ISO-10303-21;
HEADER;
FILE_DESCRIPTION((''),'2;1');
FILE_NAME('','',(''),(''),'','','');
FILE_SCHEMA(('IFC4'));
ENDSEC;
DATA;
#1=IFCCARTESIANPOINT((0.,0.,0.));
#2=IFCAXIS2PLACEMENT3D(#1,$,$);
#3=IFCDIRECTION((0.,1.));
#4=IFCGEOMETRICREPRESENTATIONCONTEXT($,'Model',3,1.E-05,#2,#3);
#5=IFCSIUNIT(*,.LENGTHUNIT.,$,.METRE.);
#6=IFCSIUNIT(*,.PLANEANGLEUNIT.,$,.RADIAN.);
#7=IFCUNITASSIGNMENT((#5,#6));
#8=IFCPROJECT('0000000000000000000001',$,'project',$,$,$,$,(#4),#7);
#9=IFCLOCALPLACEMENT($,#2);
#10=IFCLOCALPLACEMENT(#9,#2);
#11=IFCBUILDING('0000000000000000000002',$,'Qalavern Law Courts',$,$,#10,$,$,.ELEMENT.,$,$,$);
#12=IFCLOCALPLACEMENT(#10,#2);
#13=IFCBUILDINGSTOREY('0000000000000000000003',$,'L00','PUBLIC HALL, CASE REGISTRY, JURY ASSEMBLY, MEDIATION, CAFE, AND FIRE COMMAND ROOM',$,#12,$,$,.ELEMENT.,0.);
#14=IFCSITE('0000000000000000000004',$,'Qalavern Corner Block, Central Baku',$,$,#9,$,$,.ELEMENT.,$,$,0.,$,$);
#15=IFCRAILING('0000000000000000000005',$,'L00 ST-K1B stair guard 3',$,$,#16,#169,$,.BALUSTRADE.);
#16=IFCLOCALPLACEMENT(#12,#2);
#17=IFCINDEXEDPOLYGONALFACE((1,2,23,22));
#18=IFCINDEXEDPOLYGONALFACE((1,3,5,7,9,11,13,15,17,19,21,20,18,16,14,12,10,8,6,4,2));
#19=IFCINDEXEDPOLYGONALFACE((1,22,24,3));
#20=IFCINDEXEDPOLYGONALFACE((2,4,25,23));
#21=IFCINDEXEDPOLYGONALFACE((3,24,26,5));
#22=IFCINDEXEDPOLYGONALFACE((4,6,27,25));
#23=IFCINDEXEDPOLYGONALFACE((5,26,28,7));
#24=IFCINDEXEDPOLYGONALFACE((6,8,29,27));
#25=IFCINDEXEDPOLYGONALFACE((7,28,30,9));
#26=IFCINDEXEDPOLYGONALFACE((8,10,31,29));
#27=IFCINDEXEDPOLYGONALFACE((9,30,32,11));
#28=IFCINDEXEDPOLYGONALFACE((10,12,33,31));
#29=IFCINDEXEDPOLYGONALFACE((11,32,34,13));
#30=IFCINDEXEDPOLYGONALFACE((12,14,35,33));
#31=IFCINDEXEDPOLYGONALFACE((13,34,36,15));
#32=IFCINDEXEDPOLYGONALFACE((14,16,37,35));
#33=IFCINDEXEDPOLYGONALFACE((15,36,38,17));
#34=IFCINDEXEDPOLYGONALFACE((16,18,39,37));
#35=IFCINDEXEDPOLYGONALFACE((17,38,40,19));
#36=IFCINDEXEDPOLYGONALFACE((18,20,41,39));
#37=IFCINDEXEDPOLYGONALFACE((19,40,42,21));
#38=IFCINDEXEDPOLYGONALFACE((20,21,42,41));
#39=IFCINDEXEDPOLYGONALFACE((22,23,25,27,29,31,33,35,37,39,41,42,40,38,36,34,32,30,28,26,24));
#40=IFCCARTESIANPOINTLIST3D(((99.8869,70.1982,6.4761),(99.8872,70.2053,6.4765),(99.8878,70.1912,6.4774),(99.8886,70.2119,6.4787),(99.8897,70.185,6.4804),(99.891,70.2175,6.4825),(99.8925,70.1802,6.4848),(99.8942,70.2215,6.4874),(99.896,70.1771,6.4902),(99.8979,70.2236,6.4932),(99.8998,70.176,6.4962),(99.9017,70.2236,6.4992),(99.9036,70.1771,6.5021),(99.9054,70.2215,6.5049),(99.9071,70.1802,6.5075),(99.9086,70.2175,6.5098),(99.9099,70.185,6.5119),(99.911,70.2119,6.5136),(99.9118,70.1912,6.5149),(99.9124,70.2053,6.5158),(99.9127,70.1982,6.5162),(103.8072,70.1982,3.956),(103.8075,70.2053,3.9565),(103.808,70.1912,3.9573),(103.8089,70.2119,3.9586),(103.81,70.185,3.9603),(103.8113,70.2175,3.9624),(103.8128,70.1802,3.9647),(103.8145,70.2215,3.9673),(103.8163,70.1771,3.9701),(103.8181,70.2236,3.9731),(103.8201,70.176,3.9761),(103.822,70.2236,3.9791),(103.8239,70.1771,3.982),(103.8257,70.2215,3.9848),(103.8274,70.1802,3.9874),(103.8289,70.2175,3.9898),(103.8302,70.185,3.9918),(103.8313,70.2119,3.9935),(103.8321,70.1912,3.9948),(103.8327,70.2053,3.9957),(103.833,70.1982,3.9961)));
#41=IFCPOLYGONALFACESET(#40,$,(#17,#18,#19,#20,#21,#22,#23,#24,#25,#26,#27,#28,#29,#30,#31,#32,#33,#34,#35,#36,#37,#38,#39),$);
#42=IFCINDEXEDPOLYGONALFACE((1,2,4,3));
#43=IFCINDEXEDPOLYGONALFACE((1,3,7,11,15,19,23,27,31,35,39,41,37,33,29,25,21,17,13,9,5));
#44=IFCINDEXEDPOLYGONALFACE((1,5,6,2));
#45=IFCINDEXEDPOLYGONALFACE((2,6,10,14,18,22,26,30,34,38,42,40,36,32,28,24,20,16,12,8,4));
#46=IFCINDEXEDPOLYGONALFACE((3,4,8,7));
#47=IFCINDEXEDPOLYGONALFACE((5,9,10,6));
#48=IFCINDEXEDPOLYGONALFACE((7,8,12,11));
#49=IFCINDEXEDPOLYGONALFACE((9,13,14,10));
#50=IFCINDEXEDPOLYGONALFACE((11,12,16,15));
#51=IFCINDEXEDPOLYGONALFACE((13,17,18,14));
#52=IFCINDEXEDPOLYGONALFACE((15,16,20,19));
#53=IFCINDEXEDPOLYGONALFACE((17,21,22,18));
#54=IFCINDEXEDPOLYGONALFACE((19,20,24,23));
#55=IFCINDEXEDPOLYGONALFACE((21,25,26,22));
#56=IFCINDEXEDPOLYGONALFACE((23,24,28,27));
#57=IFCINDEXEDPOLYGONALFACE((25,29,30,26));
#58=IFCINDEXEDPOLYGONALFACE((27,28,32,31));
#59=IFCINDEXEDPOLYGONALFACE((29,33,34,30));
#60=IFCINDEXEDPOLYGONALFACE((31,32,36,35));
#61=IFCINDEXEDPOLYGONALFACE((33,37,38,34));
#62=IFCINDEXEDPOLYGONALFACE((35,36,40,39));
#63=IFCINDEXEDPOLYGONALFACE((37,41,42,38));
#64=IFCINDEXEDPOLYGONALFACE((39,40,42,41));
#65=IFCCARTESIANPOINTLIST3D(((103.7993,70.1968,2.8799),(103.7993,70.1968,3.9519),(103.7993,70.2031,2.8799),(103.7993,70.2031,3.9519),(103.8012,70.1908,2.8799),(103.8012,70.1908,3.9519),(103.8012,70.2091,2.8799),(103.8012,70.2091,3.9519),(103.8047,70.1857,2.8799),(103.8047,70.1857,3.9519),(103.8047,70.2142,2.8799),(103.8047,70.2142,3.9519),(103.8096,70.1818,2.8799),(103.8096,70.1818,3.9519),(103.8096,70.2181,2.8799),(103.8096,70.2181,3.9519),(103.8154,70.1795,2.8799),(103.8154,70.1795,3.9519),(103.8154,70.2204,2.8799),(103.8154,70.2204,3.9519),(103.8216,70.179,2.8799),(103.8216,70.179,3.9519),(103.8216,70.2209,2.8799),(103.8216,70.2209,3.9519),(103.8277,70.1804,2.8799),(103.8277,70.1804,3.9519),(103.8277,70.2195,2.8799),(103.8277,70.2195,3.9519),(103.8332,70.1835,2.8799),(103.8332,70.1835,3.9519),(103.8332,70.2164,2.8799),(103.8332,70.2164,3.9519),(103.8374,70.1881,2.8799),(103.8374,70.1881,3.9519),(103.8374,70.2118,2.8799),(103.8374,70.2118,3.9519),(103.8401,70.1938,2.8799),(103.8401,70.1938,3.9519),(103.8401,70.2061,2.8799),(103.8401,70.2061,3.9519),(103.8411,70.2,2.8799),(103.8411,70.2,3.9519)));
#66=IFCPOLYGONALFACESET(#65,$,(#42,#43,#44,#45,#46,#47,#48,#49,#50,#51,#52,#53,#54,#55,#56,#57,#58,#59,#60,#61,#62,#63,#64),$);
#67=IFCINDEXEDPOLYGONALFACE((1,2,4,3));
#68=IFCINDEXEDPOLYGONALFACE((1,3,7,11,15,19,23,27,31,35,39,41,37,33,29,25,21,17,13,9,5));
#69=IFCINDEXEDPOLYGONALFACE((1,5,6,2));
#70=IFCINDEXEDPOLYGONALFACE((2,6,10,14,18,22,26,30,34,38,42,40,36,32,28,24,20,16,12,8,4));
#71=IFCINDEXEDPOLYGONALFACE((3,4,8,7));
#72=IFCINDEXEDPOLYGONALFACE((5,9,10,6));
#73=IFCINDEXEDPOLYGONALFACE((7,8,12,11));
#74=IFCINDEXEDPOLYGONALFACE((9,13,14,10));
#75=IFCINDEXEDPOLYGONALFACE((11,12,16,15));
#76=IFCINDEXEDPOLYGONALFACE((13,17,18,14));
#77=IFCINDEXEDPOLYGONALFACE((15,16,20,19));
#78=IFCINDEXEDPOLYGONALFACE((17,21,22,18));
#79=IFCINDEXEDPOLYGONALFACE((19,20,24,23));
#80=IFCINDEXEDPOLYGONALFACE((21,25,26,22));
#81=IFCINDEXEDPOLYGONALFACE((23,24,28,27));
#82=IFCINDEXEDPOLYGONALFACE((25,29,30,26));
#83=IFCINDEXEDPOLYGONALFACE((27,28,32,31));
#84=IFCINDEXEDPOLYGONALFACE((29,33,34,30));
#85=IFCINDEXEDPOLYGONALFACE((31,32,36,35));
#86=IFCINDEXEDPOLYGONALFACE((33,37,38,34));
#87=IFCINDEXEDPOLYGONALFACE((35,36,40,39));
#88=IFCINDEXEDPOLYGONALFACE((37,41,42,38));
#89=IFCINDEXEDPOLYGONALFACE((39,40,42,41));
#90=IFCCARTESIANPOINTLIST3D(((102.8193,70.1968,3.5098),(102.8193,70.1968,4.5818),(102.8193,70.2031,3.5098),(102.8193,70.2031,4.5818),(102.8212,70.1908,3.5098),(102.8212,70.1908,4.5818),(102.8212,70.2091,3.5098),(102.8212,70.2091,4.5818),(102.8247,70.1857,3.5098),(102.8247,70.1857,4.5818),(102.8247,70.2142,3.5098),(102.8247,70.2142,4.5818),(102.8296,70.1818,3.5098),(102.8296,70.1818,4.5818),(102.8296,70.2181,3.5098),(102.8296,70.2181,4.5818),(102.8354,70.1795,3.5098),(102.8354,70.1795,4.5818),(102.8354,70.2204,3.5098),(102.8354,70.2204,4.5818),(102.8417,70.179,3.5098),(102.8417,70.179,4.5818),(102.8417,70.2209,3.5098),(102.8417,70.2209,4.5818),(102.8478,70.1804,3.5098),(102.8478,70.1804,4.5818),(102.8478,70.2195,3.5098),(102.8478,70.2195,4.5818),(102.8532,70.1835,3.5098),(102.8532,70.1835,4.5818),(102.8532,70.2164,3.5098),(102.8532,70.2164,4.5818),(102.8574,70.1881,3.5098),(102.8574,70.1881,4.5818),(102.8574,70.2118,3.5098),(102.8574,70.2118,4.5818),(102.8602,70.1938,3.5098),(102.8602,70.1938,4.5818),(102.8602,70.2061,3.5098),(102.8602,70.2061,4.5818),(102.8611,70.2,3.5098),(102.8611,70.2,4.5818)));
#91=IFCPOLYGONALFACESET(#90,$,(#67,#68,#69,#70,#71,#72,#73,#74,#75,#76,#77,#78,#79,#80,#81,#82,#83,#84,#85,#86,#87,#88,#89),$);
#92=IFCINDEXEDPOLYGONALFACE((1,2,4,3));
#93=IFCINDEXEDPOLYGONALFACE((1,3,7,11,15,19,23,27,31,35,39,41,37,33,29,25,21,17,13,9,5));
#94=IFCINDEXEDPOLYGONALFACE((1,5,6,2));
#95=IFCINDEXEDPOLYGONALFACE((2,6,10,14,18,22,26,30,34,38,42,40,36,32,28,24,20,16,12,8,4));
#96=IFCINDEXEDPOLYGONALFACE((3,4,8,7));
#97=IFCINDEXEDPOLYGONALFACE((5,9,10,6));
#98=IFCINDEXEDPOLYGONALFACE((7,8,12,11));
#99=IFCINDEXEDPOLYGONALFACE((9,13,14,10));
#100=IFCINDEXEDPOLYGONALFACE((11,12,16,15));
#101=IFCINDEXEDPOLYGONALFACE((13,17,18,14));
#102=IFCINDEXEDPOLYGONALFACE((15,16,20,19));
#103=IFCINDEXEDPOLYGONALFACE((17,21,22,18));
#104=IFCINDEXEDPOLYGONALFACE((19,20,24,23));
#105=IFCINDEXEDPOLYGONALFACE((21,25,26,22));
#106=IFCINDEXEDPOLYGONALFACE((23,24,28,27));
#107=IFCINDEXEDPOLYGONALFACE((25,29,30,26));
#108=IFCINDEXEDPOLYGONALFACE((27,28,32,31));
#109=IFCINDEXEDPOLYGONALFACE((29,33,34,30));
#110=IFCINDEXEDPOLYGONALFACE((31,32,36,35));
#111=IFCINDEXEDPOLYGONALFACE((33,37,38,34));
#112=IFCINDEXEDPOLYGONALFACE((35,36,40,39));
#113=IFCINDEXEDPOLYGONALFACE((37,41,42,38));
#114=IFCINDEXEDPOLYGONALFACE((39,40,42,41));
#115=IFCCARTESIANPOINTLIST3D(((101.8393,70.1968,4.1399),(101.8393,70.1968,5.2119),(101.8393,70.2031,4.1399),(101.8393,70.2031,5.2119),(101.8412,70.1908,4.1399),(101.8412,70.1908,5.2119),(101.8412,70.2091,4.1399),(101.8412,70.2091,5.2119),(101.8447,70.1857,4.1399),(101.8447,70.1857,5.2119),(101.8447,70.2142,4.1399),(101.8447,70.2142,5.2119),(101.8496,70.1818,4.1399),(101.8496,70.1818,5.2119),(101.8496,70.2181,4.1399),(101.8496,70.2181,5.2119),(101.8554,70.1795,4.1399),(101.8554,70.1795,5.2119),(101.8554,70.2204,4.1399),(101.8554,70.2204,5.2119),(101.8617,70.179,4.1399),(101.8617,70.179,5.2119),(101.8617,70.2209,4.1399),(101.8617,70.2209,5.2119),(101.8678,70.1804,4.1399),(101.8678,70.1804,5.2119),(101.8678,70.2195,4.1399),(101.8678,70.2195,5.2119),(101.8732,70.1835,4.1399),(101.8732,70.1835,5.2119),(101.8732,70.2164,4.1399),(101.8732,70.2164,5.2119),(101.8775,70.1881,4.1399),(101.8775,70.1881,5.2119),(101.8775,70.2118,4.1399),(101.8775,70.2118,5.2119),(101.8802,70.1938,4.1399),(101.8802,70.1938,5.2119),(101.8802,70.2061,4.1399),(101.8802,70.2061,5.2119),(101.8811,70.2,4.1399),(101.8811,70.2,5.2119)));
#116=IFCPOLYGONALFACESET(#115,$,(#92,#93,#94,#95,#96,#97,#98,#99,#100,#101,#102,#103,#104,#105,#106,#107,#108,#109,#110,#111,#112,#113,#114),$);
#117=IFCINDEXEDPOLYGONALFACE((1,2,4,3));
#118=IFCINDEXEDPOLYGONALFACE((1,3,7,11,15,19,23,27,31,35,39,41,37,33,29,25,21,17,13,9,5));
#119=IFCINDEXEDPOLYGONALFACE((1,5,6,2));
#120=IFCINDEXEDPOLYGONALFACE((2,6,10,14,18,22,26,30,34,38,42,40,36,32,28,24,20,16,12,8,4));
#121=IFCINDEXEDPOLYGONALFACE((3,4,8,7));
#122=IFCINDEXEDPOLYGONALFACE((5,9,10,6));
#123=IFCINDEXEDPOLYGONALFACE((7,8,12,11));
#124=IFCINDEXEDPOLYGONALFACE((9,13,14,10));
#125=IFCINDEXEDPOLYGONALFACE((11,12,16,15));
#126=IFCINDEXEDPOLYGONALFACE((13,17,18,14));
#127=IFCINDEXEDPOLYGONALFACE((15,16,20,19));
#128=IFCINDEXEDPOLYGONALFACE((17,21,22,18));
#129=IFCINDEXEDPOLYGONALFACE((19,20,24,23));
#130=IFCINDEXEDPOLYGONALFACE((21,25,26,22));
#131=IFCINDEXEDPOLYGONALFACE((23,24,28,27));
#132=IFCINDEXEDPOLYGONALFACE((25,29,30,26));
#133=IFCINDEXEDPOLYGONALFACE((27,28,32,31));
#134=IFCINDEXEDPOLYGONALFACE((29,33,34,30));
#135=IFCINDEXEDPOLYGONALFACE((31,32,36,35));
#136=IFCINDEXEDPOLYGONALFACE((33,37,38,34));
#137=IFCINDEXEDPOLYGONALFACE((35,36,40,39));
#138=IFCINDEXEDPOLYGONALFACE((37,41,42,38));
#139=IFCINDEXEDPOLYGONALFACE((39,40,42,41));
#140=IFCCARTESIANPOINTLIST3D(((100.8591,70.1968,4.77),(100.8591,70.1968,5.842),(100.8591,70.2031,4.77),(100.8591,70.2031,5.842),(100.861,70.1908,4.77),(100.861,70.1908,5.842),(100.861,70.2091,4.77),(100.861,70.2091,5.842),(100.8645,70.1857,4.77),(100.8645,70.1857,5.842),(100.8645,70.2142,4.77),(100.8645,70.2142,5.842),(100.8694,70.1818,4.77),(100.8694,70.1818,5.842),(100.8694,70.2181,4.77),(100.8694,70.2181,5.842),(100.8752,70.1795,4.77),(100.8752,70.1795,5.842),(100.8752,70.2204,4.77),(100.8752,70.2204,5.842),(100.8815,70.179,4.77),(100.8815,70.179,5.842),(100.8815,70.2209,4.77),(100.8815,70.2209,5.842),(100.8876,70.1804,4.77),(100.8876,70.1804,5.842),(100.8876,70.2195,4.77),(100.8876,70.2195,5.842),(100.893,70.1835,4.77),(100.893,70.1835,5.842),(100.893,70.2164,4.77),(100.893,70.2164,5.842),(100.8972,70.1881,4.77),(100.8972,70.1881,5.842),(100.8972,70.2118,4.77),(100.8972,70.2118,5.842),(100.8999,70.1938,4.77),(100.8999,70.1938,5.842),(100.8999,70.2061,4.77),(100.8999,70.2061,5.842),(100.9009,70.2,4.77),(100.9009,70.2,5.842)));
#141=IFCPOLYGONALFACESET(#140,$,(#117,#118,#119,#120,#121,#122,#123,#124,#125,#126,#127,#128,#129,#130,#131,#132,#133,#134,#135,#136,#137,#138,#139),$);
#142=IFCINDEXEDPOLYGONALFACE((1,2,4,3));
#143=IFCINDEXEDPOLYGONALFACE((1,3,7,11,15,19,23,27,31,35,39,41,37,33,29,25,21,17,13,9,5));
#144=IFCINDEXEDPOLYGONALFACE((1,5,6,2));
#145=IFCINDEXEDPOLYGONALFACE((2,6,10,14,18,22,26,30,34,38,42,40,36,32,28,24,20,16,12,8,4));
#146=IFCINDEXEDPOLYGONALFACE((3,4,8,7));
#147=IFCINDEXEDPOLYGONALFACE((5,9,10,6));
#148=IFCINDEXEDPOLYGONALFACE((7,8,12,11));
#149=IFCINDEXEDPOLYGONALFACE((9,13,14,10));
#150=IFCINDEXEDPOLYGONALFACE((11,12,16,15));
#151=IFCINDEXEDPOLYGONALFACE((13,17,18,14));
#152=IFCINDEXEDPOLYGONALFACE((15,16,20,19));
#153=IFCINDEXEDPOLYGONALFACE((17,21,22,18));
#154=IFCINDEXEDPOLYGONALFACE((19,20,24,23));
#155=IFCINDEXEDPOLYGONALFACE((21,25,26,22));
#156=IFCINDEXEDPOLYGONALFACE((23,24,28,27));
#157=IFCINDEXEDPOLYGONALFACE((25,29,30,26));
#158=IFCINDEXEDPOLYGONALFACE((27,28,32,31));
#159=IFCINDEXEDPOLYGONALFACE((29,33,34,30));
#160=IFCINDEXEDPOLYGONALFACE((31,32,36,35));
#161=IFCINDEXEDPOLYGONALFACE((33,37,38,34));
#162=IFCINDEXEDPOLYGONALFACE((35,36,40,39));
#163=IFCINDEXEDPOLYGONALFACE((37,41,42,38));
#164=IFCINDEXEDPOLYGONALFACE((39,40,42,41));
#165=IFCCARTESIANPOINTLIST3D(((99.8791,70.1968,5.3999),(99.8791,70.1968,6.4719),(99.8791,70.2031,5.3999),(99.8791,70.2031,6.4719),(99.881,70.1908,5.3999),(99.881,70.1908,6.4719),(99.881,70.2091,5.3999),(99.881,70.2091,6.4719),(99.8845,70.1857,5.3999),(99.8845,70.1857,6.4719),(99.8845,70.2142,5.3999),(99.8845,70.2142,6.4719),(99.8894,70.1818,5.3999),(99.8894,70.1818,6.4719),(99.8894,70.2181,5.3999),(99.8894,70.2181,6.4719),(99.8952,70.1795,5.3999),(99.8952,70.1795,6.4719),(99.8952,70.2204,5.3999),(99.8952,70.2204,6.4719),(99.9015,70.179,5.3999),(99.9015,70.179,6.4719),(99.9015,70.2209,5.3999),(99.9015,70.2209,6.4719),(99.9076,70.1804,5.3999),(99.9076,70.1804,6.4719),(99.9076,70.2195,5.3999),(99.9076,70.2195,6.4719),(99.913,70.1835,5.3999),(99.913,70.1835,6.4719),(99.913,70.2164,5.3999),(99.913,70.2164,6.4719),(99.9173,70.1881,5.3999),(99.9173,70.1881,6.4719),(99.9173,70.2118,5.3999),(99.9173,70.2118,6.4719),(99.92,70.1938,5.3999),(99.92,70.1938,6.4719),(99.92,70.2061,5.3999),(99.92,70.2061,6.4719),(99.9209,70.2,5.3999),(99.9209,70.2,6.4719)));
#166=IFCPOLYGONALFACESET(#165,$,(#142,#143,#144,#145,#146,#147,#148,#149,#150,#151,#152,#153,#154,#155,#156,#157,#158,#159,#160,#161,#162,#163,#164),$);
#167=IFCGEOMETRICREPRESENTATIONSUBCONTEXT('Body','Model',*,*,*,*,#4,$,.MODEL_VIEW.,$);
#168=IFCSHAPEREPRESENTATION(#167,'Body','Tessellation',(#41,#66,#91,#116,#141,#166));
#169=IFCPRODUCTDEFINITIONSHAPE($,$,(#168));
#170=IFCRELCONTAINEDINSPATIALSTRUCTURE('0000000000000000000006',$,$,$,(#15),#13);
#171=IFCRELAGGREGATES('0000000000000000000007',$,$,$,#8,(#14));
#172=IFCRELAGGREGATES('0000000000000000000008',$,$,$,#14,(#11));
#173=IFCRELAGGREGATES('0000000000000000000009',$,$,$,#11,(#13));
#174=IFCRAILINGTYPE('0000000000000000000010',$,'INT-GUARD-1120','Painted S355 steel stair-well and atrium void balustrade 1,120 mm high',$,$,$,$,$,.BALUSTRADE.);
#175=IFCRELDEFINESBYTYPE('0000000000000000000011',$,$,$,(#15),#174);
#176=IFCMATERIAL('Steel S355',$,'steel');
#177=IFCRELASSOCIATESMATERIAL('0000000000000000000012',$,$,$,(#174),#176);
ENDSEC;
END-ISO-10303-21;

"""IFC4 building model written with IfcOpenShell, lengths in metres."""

from ifc_helpers import new_model, si_unit, direction, frame, origin, origin_2d, place, context, subcontext, project, spatial, circle, extrude, material, type_object, element, save


model = new_model("IFC4")

# Units and contexts
model_context = context("Model", 3, precision=1e-05, world=origin(), true_north=direction((0.0, 1.0)))
body_context = subcontext(model_context, "Body", "Model", "MODEL_VIEW")
ifc_project = project(units=[si_unit("LENGTHUNIT", "METRE"), si_unit("PLANEANGLEUNIT", "RADIAN")], contexts=[model_context])

# Site, building, storey
site_placement = place(None, origin())
site = spatial("IfcSite", under=ifc_project, at=site_placement, Name="Qalavern Corner Block, Central Baku", CompositionType="ELEMENT", RefElevation=0.0)
building_placement = place(site_placement, origin())
building = spatial("IfcBuilding", under=site, at=building_placement, Name="Qalavern Law Courts", CompositionType="ELEMENT")
storey_placement = place(building_placement, origin())
storey = spatial("IfcBuildingStorey", under=building, at=storey_placement, Name="L00", Description="PUBLIC HALL, CASE REGISTRY, JURY ASSEMBLY, MEDIATION, CAFE, AND FIRE COMMAND ROOM", CompositionType="ELEMENT", Elevation=0.0)

# Shared definitions
ifc_material_1 = material(Name="Steel S355", Category="steel")

# Railing
railing_type_1 = type_object("IfcRailingType", Name="INT-GUARD-1120", Description="Painted S355 steel stair-well and atrium void balustrade 1,120 mm high", PredefinedType="BALUSTRADE", material=ifc_material_1)
railing_1_placement = place(storey_placement, frame((103.8201, 70.2, 2.8799)))
element("IfcRailing", 1, at=railing_1_placement, inside=storey, type_object=railing_type_1, Name="L00 ST-K1B stair guard 3", PredefinedType="BALUSTRADE", context=body_context, shape_type="SweptSolid", body=[
    extrude(circle(Radius=0.0239, at=origin_2d()), frame((0.0, 0.0, 1.0962), z_axis=(-0.841187, 0.0, 0.540744), x_axis=(0.0, -1.0, 0.0)), (0.0, 0.0, 1.0), 4.6604),
    extrude(circle(Radius=0.021, at=origin_2d()), origin(), (0.0, 0.0, 1.0), 1.072),
    extrude(circle(Radius=0.021, at=origin_2d()), frame((-0.98, 0.0, 0.6299)), (0.0, 0.0, 1.0), 1.072),
    extrude(circle(Radius=0.021, at=origin_2d()), frame((-1.96, 0.0, 1.26)), (0.0, 0.0, 1.0), 1.072),
    extrude(circle(Radius=0.021, at=origin_2d()), frame((-2.9402, 0.0, 1.8901)), (0.0, 0.0, 1.0), 1.072),
    extrude(circle(Radius=0.021, at=origin_2d()), frame((-3.9202, 0.0, 2.52)), (0.0, 0.0, 1.0), 1.072),
])

save(model, "model.ifc")
